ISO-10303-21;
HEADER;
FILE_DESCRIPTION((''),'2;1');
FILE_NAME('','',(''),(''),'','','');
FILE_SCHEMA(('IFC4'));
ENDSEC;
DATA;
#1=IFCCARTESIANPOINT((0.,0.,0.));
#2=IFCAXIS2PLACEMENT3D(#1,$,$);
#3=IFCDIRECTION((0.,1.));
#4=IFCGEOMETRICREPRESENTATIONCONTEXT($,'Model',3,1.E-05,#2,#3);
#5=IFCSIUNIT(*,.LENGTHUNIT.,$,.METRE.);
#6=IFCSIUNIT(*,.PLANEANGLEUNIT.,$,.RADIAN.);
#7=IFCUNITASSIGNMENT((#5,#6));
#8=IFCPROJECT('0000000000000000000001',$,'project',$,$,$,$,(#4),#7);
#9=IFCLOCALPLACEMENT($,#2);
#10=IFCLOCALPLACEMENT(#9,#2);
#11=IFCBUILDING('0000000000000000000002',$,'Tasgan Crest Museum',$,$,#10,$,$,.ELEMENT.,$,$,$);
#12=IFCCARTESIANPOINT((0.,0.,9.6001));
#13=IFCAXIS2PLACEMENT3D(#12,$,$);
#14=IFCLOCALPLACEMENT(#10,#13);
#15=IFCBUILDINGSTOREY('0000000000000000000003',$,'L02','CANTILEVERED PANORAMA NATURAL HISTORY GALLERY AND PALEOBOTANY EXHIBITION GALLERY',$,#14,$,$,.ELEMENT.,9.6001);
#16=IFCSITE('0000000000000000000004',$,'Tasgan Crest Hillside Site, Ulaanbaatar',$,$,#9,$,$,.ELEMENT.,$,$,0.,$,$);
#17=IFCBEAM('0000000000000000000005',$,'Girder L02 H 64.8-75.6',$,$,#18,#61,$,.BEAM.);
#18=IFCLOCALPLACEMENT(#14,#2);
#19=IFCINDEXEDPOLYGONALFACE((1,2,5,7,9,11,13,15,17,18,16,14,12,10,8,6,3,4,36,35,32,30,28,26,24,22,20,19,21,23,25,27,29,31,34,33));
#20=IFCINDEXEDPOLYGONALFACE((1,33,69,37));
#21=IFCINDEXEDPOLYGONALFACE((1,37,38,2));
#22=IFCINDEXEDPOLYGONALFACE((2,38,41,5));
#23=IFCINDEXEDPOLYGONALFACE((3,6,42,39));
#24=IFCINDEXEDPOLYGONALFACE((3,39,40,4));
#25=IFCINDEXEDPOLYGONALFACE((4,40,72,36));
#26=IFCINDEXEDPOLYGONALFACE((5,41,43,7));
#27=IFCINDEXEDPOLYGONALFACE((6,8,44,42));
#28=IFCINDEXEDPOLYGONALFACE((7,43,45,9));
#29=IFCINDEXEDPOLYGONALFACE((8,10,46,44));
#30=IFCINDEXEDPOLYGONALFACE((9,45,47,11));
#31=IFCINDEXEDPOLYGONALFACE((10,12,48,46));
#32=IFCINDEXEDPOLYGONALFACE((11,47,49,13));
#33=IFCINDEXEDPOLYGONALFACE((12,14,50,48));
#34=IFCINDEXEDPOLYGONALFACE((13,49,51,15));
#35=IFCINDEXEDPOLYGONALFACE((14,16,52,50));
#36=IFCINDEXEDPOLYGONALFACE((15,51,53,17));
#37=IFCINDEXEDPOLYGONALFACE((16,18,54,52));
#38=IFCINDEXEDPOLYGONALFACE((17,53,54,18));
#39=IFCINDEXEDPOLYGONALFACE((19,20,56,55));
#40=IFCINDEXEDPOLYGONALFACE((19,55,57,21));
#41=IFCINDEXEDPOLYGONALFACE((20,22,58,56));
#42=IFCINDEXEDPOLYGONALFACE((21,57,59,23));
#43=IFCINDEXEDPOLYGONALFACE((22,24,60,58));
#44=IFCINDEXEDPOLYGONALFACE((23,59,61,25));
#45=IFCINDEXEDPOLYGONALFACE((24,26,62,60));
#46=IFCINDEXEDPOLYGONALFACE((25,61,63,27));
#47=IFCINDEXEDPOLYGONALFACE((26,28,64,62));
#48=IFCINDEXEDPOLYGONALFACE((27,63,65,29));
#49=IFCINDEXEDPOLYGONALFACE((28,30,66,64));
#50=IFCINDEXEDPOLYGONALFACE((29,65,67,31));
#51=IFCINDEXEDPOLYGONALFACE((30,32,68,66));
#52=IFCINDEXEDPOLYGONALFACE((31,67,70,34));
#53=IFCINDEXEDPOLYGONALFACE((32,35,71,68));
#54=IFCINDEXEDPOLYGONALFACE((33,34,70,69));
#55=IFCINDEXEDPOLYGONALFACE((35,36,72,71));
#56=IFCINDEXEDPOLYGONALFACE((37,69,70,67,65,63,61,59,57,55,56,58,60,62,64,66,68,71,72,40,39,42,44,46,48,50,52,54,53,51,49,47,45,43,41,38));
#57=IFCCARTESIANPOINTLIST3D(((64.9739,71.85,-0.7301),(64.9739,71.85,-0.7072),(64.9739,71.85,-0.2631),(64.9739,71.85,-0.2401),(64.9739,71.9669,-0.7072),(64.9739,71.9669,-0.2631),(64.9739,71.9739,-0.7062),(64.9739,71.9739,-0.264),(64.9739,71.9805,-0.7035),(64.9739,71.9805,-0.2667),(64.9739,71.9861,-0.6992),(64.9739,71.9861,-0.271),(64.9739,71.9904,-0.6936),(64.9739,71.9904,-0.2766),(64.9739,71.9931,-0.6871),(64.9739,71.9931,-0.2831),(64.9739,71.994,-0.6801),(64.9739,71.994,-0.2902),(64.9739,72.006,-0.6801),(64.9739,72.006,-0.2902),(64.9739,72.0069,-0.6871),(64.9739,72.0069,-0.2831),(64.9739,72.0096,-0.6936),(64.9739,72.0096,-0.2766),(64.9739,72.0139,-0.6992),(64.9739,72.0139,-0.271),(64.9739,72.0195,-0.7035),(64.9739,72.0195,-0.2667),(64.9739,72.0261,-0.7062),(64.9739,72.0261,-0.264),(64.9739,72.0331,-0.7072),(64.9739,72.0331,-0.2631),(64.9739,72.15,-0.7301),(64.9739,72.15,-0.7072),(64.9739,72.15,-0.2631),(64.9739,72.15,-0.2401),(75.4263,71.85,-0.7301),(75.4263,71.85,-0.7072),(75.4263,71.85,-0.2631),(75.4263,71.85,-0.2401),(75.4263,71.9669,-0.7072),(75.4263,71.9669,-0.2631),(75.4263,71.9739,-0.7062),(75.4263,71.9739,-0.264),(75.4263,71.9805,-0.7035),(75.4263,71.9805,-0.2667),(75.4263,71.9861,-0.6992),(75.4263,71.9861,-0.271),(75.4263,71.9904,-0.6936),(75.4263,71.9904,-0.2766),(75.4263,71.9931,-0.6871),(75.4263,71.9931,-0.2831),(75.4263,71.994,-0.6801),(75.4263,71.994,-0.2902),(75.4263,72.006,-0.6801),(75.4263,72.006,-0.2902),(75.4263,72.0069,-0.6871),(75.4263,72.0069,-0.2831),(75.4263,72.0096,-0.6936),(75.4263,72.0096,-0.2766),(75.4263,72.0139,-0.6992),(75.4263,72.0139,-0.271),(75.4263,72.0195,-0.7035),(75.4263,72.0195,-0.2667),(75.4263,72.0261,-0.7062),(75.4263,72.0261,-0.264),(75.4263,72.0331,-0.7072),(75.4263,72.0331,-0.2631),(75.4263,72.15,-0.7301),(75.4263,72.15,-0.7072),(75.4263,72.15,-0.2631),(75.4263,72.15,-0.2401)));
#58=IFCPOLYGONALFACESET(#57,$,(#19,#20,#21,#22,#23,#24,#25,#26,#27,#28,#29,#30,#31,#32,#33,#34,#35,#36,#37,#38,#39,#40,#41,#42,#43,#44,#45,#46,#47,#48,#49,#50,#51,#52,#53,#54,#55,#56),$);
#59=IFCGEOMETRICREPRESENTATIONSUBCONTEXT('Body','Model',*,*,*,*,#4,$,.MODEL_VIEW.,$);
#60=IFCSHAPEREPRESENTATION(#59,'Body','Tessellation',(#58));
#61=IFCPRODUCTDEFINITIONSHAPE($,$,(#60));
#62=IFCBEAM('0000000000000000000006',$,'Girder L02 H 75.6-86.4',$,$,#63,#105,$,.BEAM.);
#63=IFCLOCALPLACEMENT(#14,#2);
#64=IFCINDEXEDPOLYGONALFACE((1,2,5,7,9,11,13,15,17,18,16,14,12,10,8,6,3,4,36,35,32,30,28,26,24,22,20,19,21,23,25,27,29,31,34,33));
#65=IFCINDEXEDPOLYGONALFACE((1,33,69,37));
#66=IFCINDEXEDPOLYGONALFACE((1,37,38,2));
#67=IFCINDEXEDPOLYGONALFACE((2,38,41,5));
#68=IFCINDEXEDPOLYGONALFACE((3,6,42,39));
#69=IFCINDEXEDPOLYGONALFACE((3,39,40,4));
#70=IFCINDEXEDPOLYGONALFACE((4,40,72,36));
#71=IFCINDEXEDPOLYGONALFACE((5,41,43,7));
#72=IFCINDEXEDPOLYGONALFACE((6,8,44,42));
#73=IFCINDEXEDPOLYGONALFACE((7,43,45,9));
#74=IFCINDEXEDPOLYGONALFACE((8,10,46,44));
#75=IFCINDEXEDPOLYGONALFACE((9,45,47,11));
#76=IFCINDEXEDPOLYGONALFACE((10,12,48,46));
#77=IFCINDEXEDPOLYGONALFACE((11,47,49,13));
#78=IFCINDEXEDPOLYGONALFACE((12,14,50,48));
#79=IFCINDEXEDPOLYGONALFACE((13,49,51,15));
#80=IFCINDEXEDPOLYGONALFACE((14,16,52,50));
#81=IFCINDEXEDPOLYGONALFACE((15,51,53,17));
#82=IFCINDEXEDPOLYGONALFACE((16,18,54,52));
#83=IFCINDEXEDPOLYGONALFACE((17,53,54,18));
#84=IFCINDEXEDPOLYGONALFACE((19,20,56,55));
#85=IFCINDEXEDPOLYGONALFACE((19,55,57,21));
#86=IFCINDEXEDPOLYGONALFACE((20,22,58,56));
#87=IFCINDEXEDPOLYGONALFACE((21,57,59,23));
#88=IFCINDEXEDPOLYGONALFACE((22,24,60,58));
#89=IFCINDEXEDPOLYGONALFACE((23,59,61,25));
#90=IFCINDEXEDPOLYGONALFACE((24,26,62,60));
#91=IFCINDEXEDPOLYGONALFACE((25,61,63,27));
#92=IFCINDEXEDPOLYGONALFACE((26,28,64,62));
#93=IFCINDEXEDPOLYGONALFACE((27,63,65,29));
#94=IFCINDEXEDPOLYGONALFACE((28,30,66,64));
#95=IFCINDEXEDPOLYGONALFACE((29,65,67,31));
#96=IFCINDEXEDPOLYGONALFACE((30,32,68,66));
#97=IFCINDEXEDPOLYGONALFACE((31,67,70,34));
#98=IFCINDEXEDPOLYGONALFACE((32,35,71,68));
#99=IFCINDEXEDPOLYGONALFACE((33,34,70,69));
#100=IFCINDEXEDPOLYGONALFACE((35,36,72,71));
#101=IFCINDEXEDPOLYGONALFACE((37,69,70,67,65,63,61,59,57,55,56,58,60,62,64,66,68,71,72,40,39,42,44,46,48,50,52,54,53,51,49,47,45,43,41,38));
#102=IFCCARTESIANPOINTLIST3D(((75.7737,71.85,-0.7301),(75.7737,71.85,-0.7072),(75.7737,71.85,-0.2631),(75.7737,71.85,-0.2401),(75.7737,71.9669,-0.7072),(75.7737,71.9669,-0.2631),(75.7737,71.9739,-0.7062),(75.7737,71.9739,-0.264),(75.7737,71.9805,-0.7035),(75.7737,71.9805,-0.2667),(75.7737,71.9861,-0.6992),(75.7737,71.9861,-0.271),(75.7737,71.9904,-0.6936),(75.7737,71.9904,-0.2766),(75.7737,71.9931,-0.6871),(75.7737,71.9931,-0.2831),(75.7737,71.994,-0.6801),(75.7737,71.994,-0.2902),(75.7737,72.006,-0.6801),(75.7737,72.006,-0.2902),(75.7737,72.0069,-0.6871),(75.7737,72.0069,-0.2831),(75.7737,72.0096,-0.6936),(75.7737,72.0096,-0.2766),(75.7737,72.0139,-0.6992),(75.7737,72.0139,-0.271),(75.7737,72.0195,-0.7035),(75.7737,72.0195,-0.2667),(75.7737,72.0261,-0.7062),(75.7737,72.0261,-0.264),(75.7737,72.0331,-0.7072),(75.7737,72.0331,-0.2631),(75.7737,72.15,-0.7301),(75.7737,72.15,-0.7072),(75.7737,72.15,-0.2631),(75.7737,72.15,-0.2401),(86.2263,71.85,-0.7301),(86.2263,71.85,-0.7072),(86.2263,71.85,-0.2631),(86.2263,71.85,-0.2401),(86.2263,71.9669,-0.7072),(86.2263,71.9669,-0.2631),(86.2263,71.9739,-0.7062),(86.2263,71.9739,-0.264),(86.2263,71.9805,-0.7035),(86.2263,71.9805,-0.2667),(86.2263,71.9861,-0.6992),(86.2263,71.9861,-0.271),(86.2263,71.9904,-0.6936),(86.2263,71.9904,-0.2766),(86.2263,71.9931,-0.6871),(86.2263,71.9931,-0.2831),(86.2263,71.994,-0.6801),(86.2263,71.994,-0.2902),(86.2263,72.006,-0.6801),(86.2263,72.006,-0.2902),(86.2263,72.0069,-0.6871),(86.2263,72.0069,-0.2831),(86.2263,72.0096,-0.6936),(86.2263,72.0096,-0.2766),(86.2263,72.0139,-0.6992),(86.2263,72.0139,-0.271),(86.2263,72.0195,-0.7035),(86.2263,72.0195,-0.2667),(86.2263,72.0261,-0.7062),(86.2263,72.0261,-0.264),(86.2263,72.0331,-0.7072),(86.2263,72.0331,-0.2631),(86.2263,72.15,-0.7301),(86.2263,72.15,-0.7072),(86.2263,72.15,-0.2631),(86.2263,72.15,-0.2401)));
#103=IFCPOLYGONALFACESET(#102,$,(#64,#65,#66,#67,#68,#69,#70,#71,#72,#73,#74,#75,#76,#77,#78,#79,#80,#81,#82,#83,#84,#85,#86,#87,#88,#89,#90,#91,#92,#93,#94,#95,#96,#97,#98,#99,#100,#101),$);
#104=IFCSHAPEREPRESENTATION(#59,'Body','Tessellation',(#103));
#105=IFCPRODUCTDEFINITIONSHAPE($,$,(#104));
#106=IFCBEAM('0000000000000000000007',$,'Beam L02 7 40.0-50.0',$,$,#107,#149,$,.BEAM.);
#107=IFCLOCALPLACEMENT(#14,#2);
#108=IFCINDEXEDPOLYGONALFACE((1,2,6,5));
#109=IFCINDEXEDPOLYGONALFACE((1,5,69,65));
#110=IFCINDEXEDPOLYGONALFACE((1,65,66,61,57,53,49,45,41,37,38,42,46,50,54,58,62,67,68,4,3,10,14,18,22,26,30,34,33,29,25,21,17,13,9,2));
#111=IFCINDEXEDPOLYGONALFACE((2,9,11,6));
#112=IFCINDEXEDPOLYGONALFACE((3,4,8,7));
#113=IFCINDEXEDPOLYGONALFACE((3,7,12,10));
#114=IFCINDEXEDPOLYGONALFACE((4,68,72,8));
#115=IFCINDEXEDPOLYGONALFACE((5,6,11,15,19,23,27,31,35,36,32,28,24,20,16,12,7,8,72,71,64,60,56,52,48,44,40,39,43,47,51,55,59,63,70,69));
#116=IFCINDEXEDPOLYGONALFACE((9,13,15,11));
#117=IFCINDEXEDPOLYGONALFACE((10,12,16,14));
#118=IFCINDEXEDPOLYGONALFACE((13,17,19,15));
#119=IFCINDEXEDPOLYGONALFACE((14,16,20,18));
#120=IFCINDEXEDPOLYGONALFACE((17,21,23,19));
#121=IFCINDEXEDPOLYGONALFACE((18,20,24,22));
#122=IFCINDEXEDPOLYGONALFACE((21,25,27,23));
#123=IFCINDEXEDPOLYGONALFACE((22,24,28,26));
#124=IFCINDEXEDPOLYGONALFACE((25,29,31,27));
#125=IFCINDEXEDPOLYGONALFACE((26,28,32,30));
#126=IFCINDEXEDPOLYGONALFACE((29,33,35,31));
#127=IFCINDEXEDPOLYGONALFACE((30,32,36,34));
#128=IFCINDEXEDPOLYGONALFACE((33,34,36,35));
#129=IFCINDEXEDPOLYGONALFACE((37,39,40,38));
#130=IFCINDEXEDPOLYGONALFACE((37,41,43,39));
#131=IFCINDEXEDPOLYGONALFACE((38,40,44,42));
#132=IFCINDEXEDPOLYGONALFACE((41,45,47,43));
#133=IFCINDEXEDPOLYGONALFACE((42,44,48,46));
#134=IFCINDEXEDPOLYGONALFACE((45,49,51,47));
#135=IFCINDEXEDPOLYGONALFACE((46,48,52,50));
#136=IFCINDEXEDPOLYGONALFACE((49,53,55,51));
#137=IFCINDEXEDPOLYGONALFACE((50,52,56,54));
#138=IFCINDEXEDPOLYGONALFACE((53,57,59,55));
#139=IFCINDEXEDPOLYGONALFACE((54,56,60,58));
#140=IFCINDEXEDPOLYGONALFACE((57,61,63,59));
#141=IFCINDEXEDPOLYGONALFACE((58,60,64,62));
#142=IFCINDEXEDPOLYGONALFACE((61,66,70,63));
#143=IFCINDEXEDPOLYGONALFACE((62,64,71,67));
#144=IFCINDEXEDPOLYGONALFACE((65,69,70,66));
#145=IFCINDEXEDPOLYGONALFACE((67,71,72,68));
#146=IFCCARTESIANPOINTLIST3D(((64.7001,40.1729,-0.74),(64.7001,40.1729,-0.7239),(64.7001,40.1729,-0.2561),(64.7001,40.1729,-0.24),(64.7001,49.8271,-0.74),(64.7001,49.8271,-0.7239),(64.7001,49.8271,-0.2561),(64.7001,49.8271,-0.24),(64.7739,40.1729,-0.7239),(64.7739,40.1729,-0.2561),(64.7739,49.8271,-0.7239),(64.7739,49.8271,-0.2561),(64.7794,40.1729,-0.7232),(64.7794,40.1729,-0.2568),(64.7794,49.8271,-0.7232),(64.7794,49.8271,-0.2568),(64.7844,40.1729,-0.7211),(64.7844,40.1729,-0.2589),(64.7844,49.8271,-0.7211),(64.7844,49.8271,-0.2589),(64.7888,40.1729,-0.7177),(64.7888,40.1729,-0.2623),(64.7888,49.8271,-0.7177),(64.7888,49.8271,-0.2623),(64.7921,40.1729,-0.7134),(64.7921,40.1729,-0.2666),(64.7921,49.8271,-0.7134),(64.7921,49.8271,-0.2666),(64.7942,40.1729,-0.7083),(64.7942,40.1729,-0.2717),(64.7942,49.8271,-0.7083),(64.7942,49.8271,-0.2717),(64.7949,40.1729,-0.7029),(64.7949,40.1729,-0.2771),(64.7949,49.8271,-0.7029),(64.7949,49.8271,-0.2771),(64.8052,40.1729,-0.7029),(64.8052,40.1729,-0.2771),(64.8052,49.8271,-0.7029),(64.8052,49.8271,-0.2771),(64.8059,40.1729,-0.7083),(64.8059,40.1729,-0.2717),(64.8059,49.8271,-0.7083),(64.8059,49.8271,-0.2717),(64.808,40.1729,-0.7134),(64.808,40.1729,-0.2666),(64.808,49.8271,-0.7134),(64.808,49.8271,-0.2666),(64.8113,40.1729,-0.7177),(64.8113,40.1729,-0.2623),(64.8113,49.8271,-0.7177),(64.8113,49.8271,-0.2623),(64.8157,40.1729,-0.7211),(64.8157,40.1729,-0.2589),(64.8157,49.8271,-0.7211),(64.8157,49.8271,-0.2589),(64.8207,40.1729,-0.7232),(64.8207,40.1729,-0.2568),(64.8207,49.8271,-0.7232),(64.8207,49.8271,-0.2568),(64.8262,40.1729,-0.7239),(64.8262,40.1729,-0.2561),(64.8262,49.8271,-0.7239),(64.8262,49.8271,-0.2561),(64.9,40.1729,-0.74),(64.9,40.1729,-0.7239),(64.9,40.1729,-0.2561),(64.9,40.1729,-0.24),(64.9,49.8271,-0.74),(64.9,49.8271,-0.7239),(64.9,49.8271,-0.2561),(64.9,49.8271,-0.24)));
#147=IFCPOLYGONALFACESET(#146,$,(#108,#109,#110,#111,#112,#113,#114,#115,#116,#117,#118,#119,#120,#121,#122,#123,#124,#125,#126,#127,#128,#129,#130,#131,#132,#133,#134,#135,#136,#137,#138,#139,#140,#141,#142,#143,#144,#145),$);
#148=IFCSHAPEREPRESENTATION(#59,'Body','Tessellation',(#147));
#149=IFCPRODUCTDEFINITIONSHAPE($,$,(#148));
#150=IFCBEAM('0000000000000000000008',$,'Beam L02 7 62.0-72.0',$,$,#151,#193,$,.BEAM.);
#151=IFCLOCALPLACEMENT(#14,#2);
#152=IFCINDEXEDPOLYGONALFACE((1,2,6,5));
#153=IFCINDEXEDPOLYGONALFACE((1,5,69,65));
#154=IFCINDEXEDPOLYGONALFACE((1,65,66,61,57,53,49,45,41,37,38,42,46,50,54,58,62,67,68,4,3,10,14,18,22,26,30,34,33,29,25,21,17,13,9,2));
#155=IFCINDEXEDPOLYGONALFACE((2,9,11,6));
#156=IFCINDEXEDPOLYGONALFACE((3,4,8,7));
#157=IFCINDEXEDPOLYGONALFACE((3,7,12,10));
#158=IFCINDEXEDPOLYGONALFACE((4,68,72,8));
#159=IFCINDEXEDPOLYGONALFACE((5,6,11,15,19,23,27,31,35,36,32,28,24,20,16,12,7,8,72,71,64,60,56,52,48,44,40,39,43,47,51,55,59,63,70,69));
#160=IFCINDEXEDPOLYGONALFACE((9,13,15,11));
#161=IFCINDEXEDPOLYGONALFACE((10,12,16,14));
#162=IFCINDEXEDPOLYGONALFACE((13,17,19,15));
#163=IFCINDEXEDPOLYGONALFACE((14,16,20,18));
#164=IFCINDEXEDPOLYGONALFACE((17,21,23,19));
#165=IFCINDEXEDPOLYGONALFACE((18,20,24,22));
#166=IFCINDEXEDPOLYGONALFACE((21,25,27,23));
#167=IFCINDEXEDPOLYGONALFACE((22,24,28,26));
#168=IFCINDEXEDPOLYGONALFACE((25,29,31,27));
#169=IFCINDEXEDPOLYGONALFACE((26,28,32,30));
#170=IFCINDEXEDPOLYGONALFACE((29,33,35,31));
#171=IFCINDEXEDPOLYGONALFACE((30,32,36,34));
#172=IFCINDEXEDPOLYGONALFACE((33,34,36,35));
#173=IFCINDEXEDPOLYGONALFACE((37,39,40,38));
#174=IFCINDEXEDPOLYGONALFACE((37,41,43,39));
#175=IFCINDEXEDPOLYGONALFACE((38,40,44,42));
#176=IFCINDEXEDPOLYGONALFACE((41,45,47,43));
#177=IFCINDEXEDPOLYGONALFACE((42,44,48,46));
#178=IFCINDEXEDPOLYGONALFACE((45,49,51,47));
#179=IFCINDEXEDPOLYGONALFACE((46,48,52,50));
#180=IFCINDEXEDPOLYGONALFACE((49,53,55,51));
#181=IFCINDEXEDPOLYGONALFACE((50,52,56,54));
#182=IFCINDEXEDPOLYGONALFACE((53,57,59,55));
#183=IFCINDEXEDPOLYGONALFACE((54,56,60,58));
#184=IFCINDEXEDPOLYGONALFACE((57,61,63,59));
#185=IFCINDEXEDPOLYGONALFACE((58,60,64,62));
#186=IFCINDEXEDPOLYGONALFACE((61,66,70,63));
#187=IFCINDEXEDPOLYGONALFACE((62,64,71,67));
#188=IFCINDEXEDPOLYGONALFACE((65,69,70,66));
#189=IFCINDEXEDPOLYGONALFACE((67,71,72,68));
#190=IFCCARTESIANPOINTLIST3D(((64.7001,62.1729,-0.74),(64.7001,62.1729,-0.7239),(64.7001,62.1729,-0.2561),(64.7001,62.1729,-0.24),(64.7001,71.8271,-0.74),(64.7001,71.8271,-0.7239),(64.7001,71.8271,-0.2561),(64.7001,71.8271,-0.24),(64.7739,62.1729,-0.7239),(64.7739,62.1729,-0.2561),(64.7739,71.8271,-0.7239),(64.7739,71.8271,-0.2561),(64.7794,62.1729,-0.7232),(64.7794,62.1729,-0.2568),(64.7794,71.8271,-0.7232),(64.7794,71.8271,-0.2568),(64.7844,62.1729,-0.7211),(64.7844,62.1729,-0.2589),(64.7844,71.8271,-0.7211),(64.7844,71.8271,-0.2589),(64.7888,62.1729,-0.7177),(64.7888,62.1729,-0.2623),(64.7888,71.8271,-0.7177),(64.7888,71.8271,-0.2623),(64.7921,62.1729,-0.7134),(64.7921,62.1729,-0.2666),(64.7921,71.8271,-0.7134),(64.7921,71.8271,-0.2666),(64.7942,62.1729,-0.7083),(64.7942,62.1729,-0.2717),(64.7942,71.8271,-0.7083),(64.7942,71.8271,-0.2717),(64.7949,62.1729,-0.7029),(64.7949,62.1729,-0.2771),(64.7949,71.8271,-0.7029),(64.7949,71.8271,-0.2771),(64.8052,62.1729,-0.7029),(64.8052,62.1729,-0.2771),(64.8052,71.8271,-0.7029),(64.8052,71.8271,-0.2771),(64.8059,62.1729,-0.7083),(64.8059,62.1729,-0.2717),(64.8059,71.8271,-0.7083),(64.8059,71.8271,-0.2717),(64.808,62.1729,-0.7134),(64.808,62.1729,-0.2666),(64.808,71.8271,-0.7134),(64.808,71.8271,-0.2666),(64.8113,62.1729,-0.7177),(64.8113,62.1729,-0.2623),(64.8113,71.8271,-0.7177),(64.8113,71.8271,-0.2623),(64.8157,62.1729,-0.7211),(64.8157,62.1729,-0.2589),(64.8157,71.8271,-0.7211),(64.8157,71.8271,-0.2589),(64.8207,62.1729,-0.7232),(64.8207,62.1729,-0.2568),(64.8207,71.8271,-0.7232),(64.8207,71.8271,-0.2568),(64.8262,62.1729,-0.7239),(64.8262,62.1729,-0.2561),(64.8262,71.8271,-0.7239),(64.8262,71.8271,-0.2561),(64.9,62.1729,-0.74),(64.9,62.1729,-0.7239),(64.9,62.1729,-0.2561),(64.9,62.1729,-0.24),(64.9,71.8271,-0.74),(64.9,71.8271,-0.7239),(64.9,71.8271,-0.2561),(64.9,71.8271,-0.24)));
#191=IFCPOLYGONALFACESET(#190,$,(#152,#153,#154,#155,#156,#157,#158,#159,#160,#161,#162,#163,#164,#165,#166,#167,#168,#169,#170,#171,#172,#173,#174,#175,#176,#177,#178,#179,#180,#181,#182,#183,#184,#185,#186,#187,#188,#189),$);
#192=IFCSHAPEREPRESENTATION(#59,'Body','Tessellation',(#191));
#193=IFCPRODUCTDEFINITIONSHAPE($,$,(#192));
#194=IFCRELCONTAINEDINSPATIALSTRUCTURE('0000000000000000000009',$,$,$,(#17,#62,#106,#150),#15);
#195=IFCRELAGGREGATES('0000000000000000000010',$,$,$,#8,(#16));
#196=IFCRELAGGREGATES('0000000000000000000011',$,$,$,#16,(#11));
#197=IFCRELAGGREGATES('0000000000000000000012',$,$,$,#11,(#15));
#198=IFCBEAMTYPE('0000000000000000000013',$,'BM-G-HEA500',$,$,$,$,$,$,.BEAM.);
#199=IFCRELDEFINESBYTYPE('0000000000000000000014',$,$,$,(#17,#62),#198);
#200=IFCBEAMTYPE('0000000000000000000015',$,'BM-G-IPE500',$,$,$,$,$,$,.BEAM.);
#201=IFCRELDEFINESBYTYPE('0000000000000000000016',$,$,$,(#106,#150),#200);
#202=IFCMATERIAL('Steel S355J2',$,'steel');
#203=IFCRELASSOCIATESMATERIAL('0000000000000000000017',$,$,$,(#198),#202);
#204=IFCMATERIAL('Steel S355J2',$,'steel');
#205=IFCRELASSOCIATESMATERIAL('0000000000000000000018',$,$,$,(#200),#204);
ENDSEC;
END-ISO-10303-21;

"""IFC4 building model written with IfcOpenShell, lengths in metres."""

from ifc_helpers import new_model, si_unit, direction, frame, origin, origin_2d, place, context, subcontext, project, spatial, i_section, extrude, material, material_profile, profile_set, type_object, element, save


model = new_model("IFC4")

# Units and contexts
model_context = context("Model", 3, precision=1e-05, world=origin(), true_north=direction((0.0, 1.0)))
body_context = subcontext(model_context, "Body", "Model", "MODEL_VIEW")
ifc_project = project(units=[si_unit("LENGTHUNIT", "METRE"), si_unit("PLANEANGLEUNIT", "RADIAN")], contexts=[model_context])

# Site, building, storey
site_placement = place(None, origin())
site = spatial("IfcSite", under=ifc_project, at=site_placement, Name="Tasgan Crest Hillside Site, Ulaanbaatar", CompositionType="ELEMENT", RefElevation=0.0)
building_placement = place(site_placement, origin())
building = spatial("IfcBuilding", under=site, at=building_placement, Name="Tasgan Crest Museum", CompositionType="ELEMENT")
storey_placement = place(building_placement, frame((0.0, 0.0, 9.6001)))
storey = spatial("IfcBuildingStorey", under=building, at=storey_placement, Name="L02", Description="CANTILEVERED PANORAMA NATURAL HISTORY GALLERY AND PALEOBOTANY EXHIBITION GALLERY", CompositionType="ELEMENT", Elevation=9.6001)

# Beams
ifc_material_1 = material(Name="Steel S355J2", Category="steel")
ifc_material_profile_1 = material_profile(ifc_material_1, i_section(OverallWidth=0.3, OverallDepth=0.49, WebThickness=0.012, FlangeThickness=0.0229, FilletRadius=0.0271, at=origin_2d()), Name="HEA 500")
ifc_profile_set_1 = profile_set([ifc_material_profile_1], Name="Steel S355J2")
beam_type_1 = type_object("IfcBeamType", Name="BM-G-HEA500", PredefinedType="BEAM", material=ifc_profile_set_1)
beam_1_placement = place(storey_placement, frame((64.9739, 72.0, -0.4851), z_axis=(1.0, 0.0, 0.0), x_axis=(0.0, 1.0, 0.0)))
element("IfcBeam", 1, at=beam_1_placement, inside=storey, type_object=beam_type_1, Name="Girder L02 H 64.8-75.6", PredefinedType="BEAM", context=body_context, shape_type="SweptSolid", body=[
    extrude(i_section(OverallWidth=0.3, OverallDepth=0.49, WebThickness=0.012, FlangeThickness=0.0229, FilletRadius=0.0271, at=origin_2d()), origin(), (0.0, 0.0, 1.0), 10.4524),
])
beam_2_placement = place(storey_placement, frame((75.7737, 72.0, -0.4851), z_axis=(1.0, 0.0, 0.0), x_axis=(0.0, 1.0, 0.0)))
element("IfcBeam", 2, at=beam_2_placement, inside=storey, type_object=beam_type_1, Name="Girder L02 H 75.6-86.4", PredefinedType="BEAM", context=body_context, shape_type="SweptSolid", body=[
    extrude(i_section(OverallWidth=0.3, OverallDepth=0.49, WebThickness=0.012, FlangeThickness=0.0229, FilletRadius=0.0271, at=origin_2d()), origin(), (0.0, 0.0, 1.0), 10.4526),
])
ifc_material_2 = material(Name="Steel S355J2", Category="steel")
ifc_material_profile_2 = material_profile(ifc_material_2, i_section(OverallWidth=0.2, OverallDepth=0.5, WebThickness=0.0103, FlangeThickness=0.0161, FilletRadius=0.021, at=origin_2d()), Name="IPE 500")
ifc_profile_set_2 = profile_set([ifc_material_profile_2], Name="Steel S355J2")
beam_type_2 = type_object("IfcBeamType", Name="BM-G-IPE500", PredefinedType="BEAM", material=ifc_profile_set_2)
for number, where, z_axis, x_axis, name in (
    (3, (64.8, 40.1729, -0.49), (0.0, 1.0, 0.0), (-1.0, 0.0, 0.0), "Beam L02 7 40.0-50.0"),
    (4, (64.8, 62.1729, -0.49), (0.0, 1.0, 0.0), (-1.0, 0.0, 0.0), "Beam L02 7 62.0-72.0"),
):
    element("IfcBeam", number, at=place(storey_placement, frame(where, z_axis=z_axis, x_axis=x_axis)), inside=storey, type_object=beam_type_2, Name=name, PredefinedType="BEAM", context=body_context, shape_type="SweptSolid", body=[
        extrude(i_section(OverallWidth=0.2, OverallDepth=0.5, WebThickness=0.0103, FlangeThickness=0.0161, FilletRadius=0.021, at=origin_2d()), origin(), (0.0, 0.0, 1.0), 9.6543),
    ])

save(model, "model.ifc")
